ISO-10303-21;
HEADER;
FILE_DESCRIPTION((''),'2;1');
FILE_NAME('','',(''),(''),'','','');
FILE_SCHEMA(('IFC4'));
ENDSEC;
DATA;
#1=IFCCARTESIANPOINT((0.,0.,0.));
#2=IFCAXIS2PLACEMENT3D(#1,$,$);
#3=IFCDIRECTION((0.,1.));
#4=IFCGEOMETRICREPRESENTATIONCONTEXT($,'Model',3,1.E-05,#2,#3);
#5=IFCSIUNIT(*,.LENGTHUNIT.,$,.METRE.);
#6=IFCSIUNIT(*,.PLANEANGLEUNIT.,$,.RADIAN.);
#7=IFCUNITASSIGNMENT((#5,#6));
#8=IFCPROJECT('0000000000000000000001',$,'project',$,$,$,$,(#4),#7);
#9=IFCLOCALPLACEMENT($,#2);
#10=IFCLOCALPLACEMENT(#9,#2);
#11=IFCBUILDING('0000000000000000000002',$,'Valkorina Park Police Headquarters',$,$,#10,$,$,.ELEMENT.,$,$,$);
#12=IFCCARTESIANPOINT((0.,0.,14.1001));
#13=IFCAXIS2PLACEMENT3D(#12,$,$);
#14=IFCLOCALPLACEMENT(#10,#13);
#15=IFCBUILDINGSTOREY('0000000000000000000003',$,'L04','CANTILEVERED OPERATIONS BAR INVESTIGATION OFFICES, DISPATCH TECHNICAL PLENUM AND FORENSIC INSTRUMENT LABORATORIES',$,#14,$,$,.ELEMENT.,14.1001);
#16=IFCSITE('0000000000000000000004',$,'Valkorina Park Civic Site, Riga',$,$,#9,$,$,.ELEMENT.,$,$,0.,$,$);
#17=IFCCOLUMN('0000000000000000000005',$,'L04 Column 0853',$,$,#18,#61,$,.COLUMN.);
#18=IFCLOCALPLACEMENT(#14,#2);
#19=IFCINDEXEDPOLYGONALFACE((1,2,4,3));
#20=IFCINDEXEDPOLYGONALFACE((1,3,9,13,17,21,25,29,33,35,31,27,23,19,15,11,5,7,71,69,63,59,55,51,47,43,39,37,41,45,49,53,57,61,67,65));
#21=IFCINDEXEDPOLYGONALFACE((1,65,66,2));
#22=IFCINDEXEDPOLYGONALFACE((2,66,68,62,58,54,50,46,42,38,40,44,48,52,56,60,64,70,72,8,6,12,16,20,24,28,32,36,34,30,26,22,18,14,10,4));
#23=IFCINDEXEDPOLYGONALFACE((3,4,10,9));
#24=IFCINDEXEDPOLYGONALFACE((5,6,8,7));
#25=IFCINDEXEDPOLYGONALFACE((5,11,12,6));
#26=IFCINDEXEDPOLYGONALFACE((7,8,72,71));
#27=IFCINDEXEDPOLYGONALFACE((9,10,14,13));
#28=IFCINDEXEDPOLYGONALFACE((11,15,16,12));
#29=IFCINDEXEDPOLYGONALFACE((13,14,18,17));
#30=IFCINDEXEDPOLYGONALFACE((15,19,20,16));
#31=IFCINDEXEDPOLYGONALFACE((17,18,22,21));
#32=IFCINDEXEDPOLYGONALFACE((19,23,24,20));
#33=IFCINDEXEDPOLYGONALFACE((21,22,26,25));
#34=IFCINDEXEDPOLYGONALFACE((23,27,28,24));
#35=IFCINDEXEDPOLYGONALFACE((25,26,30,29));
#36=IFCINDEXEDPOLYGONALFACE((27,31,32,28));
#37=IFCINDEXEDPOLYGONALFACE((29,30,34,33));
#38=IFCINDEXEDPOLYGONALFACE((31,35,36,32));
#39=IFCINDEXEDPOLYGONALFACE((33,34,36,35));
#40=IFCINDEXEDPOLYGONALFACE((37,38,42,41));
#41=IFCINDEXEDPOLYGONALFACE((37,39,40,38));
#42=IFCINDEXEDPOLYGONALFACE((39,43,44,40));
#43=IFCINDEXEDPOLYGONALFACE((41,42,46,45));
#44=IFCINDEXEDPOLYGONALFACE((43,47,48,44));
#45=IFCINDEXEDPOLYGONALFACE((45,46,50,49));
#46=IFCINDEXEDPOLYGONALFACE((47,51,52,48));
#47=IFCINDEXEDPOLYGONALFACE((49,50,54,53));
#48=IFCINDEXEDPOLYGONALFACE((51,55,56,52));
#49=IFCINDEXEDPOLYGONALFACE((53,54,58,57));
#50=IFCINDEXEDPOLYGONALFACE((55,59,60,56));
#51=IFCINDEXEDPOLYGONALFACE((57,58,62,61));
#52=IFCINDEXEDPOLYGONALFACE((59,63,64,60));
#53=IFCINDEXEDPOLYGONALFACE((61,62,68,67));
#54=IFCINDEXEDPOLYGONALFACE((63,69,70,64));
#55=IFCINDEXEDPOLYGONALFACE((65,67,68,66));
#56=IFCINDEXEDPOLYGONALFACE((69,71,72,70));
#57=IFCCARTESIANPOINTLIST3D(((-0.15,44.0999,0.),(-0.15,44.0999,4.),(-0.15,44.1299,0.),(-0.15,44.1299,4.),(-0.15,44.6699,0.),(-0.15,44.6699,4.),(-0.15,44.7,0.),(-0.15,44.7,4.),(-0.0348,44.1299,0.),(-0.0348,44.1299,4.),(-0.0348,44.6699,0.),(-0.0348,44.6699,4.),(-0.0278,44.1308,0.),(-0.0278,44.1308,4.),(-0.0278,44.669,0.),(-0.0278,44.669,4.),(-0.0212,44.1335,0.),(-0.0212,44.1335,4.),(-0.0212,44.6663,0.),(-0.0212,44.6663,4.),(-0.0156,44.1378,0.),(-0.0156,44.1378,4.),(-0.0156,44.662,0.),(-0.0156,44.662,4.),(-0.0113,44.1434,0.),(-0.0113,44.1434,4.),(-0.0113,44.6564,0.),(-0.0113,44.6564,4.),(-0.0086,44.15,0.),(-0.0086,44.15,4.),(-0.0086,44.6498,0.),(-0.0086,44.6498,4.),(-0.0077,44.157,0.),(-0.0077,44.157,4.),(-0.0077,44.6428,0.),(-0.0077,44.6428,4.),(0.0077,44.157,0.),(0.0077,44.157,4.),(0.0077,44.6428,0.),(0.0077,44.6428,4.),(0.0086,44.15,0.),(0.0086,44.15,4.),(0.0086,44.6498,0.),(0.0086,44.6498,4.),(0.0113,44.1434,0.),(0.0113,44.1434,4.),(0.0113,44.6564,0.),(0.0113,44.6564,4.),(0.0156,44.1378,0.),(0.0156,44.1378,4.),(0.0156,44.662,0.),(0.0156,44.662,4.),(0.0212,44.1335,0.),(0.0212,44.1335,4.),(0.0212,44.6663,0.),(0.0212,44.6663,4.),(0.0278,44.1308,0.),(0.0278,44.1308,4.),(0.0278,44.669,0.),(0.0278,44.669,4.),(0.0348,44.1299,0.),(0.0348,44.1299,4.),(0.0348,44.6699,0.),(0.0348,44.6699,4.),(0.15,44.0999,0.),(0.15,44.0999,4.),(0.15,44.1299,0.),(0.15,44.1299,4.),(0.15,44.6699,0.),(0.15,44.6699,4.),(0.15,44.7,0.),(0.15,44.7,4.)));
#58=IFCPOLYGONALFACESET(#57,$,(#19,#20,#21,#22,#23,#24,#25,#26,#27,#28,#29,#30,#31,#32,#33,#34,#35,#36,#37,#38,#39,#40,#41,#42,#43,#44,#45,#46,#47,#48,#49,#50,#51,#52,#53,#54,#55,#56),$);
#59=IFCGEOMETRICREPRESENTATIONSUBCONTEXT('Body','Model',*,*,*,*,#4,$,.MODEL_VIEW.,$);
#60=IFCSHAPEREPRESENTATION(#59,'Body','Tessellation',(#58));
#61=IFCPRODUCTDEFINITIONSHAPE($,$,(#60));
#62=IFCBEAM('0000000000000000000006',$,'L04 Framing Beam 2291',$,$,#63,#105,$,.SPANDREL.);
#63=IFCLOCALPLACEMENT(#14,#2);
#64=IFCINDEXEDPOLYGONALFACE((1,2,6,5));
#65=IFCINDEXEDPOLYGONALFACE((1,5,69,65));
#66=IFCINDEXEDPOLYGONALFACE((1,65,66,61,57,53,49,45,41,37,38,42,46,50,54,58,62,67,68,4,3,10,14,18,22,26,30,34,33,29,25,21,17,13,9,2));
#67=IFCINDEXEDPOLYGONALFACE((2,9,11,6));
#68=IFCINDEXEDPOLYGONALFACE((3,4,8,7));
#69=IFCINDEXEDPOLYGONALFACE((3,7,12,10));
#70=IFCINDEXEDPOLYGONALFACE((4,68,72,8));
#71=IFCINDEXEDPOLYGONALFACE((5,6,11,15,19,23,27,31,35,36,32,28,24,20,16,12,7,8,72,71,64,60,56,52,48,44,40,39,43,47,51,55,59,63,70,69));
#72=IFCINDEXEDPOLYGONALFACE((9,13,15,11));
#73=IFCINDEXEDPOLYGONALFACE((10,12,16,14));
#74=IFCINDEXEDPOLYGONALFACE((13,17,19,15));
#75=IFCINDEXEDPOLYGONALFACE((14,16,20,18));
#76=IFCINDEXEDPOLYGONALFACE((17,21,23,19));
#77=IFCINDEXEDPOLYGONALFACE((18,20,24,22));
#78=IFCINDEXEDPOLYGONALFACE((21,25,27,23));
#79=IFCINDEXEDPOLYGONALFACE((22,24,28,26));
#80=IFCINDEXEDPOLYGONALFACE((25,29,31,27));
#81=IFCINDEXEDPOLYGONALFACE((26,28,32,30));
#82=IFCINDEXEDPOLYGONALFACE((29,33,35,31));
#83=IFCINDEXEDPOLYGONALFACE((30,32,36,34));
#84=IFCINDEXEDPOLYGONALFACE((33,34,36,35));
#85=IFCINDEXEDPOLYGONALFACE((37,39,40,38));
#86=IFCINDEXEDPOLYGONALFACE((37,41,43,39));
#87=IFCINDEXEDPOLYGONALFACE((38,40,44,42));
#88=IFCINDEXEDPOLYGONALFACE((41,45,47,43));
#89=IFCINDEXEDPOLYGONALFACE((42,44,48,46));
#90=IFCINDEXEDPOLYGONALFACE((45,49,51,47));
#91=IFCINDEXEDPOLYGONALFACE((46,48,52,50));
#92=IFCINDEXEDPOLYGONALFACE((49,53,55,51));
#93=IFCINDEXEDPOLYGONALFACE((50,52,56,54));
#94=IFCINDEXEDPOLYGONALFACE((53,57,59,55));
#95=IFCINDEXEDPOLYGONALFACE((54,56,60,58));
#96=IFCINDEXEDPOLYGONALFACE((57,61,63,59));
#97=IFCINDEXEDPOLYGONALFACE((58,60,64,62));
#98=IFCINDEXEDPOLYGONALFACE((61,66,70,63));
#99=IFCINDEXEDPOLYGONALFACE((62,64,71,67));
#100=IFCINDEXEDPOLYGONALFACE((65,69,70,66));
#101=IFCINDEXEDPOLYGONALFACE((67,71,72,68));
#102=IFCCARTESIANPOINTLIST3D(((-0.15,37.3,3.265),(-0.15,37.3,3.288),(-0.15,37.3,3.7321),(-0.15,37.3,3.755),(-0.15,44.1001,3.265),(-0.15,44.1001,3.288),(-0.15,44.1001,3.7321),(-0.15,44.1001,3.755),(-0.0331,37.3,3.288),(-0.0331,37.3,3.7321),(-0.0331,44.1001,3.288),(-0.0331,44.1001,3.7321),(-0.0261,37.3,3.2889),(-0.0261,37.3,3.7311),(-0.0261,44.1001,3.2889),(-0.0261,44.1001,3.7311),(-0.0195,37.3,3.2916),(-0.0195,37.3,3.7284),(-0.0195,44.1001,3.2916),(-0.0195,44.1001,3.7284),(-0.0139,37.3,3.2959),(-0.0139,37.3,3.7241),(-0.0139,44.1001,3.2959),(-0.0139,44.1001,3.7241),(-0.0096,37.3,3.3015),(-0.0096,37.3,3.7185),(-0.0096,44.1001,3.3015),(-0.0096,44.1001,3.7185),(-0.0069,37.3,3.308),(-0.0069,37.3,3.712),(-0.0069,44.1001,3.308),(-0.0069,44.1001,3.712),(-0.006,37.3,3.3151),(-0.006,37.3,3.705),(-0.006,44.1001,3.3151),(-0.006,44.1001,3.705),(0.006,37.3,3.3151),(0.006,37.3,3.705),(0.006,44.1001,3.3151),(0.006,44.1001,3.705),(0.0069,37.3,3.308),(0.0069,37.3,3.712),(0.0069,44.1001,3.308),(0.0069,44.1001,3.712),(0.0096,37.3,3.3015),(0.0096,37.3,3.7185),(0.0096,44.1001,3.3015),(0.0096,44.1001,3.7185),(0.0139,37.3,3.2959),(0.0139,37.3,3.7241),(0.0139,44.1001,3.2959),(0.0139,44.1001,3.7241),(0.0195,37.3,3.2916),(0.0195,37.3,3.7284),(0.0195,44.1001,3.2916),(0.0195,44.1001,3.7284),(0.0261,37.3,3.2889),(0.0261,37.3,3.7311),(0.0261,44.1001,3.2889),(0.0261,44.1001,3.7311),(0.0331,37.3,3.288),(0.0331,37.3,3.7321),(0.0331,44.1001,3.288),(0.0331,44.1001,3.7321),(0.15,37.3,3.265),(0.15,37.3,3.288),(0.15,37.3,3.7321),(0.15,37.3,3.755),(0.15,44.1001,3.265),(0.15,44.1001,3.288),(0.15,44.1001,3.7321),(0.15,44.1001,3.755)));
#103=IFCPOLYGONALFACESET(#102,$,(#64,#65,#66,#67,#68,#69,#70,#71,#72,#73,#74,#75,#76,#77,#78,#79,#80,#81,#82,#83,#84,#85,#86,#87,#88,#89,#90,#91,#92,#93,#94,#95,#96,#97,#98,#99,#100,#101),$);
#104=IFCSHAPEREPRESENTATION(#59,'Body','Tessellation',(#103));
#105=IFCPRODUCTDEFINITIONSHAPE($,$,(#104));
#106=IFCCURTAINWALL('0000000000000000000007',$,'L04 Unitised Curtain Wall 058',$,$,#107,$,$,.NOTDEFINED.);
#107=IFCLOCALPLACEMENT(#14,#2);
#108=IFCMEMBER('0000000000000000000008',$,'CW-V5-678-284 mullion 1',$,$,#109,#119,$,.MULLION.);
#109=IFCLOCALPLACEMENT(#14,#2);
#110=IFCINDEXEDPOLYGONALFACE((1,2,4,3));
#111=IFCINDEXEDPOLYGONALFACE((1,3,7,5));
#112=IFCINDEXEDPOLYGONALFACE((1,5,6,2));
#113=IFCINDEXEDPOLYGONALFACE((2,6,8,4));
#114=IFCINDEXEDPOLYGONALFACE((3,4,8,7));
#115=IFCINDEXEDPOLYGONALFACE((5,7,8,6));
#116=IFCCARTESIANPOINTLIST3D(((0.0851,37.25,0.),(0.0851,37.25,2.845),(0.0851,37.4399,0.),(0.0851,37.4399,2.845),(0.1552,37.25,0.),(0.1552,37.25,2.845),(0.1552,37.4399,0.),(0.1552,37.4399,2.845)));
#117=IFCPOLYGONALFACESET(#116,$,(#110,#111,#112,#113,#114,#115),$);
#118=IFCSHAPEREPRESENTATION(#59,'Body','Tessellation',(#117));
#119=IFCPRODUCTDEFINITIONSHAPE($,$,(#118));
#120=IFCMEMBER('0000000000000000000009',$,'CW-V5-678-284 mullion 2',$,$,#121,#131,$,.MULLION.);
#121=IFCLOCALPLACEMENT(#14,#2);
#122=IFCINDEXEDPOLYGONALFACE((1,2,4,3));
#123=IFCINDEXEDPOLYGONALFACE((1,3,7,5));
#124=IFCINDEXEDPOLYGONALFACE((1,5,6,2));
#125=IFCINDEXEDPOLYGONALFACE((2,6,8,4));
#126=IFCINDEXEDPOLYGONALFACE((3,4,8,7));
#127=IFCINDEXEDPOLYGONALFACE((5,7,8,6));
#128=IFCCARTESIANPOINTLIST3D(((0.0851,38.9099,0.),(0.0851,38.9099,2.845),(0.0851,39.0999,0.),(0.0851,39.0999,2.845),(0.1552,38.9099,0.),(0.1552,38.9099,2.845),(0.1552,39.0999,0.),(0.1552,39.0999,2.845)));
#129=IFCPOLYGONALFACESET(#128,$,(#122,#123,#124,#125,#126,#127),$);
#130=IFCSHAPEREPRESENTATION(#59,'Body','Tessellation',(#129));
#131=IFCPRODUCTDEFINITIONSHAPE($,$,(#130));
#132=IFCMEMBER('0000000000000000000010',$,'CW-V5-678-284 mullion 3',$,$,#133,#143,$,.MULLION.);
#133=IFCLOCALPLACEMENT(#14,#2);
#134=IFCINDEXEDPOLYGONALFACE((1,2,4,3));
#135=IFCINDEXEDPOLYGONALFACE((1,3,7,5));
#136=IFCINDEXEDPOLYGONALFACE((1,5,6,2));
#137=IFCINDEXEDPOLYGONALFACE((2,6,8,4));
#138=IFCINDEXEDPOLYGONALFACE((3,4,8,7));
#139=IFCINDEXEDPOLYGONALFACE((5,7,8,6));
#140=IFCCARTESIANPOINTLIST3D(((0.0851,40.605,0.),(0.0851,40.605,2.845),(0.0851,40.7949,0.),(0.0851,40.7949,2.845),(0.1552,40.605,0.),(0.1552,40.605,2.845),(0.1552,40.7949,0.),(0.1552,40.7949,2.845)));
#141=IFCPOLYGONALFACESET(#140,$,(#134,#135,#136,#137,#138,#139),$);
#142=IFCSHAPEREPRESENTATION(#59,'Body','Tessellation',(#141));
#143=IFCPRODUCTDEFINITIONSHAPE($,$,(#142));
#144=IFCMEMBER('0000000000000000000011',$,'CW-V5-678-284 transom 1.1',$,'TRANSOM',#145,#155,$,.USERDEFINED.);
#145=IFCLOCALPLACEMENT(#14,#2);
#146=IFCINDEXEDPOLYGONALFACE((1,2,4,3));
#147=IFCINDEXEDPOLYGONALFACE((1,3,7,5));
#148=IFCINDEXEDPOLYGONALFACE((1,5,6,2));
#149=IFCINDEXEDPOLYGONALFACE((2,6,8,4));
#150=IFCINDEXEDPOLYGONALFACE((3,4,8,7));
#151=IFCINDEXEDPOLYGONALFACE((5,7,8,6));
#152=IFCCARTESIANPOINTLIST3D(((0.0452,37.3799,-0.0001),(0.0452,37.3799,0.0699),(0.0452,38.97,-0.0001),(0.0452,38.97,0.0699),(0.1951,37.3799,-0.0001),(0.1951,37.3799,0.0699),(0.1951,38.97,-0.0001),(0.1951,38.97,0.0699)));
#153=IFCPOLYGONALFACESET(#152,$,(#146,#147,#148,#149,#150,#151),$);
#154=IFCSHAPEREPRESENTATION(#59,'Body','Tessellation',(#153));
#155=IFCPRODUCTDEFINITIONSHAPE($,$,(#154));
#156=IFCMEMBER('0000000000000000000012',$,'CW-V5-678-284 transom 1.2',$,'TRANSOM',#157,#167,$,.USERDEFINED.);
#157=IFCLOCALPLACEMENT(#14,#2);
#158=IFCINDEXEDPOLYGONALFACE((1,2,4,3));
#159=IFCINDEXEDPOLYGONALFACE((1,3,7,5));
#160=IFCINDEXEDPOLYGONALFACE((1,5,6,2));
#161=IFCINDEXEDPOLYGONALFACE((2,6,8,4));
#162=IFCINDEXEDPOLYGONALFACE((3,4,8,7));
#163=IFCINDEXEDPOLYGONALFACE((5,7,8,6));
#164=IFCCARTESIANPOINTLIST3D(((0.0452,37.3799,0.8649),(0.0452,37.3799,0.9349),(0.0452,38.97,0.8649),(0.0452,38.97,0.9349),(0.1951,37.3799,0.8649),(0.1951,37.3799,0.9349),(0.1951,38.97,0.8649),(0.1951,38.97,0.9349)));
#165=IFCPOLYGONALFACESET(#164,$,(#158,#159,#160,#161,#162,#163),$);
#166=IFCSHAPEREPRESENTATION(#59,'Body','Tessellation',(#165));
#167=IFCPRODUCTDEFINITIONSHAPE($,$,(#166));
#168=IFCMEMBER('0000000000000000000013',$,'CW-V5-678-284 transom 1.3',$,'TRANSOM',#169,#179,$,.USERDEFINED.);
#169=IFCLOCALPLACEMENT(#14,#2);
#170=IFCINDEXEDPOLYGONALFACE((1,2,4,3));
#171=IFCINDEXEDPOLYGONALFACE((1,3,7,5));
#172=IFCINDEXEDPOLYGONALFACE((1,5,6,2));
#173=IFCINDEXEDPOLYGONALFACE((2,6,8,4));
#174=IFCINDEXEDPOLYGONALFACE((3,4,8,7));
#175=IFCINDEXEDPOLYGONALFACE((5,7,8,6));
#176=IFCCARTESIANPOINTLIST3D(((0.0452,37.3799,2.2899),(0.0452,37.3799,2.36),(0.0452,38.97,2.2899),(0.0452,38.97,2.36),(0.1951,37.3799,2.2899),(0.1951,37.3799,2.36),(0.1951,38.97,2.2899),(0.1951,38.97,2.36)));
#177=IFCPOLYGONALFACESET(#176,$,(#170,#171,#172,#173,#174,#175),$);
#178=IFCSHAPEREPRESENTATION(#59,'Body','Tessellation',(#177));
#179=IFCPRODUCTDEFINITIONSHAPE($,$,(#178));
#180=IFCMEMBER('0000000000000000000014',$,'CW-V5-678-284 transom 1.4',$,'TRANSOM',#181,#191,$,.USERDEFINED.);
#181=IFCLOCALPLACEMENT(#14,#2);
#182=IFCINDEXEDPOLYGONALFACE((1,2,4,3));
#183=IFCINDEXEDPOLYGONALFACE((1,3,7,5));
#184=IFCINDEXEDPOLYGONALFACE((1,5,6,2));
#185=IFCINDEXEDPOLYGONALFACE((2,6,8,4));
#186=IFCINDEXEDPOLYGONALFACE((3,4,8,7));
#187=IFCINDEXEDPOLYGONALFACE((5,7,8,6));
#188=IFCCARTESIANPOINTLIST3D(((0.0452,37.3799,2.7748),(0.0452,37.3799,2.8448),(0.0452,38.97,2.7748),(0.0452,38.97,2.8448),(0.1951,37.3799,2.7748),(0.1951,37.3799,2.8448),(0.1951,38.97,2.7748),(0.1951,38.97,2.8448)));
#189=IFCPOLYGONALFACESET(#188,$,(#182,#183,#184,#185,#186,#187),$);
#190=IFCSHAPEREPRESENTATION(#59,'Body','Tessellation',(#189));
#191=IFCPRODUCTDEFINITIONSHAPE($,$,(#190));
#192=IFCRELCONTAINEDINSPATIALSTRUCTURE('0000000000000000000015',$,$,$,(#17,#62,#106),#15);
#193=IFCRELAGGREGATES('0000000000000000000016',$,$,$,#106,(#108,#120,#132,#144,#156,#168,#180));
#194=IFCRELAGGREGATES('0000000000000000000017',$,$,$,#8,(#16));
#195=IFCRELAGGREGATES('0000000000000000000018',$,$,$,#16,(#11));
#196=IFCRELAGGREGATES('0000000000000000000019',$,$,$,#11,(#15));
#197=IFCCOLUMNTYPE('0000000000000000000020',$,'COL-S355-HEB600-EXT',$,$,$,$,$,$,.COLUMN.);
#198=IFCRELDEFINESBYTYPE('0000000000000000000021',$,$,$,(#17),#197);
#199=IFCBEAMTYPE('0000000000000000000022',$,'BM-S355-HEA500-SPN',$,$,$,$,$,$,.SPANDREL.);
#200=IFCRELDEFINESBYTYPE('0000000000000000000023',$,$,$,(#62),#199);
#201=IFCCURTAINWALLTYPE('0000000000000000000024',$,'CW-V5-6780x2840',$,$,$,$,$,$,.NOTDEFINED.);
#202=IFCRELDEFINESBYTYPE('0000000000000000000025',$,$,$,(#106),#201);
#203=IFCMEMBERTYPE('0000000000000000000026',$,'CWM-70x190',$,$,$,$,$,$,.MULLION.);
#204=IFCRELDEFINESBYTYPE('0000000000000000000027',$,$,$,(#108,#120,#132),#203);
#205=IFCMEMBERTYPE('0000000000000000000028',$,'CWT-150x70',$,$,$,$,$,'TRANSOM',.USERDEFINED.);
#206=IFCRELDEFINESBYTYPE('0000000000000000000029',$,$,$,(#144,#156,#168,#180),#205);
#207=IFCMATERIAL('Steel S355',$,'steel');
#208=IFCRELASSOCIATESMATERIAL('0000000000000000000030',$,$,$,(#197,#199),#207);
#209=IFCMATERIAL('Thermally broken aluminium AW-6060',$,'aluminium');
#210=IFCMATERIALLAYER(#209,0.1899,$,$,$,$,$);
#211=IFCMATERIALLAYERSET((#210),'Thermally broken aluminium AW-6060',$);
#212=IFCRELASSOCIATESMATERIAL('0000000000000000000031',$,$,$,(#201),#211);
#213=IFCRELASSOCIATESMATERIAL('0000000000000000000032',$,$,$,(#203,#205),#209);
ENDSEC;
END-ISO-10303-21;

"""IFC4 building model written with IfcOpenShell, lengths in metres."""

from ifc_helpers import new_model, si_unit, direction, frame, origin, origin_2d, place, context, subcontext, project, spatial, rectangle, i_section, extrude, material, layer, layer_set, material_profile, profile_set, type_object, element, aggregate, save


model = new_model("IFC4")

# Units and contexts
model_context = context("Model", 3, precision=1e-05, world=origin(), true_north=direction((0.0, 1.0)))
body_context = subcontext(model_context, "Body", "Model", "MODEL_VIEW")
ifc_project = project(units=[si_unit("LENGTHUNIT", "METRE"), si_unit("PLANEANGLEUNIT", "RADIAN")], contexts=[model_context])

# Site, building, storey
site_placement = place(None, origin())
site = spatial("IfcSite", under=ifc_project, at=site_placement, Name="Valkorina Park Civic Site, Riga", CompositionType="ELEMENT", RefElevation=0.0)
building_placement = place(site_placement, origin())
building = spatial("IfcBuilding", under=site, at=building_placement, Name="Valkorina Park Police Headquarters", CompositionType="ELEMENT")
storey_placement = place(building_placement, frame((0.0, 0.0, 14.1001)))
storey = spatial("IfcBuildingStorey", under=building, at=storey_placement, Name="L04", Description="CANTILEVERED OPERATIONS BAR INVESTIGATION OFFICES, DISPATCH TECHNICAL PLENUM AND FORENSIC INSTRUMENT LABORATORIES", CompositionType="ELEMENT", Elevation=14.1001)

# Column
ifc_material_1 = material(Name="Steel S355", Category="steel")
ifc_material_profile_1 = material_profile(ifc_material_1, i_section(OverallWidth=0.3, OverallDepth=0.6001, WebThickness=0.0154, FlangeThickness=0.03, FilletRadius=0.0271, at=origin_2d()), Name="HEB 600")
ifc_profile_set_1 = profile_set([ifc_material_profile_1], Name="Steel S355")
column_type = type_object("IfcColumnType", Name="COL-S355-HEB600-EXT", PredefinedType="COLUMN", material=ifc_profile_set_1)
column_placement = place(storey_placement, frame((0.0, 44.3999, 0.0), z_axis=(0.0, 0.0, 1.0), x_axis=(1.0, 0.0, 0.0)))
element("IfcColumn", 1, at=column_placement, inside=storey, type_object=column_type, Name="L04 Column 0853", PredefinedType="COLUMN", context=body_context, shape_type="SweptSolid", body=[
    extrude(i_section(OverallWidth=0.3, OverallDepth=0.6001, WebThickness=0.0154, FlangeThickness=0.03, FilletRadius=0.0271, at=origin_2d()), origin(), (0.0, 0.0, 1.0), 4.0),
])

# Beam
ifc_material_profile_2 = material_profile(ifc_material_1, i_section(OverallWidth=0.3, OverallDepth=0.49, WebThickness=0.012, FlangeThickness=0.0229, FilletRadius=0.0271, at=origin_2d()), Name="HEA 500")
ifc_profile_set_2 = profile_set([ifc_material_profile_2], Name="Steel S355")
beam_type = type_object("IfcBeamType", Name="BM-S355-HEA500-SPN", PredefinedType="SPANDREL", material=ifc_profile_set_2)
beam_placement = place(storey_placement, frame((0.0, 37.3, 3.51), z_axis=(0.0, 1.0, 0.0), x_axis=(-1.0, 0.0, 0.0)))
element("IfcBeam", 2, at=beam_placement, inside=storey, type_object=beam_type, Name="L04 Framing Beam 2291", PredefinedType="SPANDREL", context=body_context, shape_type="SweptSolid", body=[
    extrude(i_section(OverallWidth=0.3, OverallDepth=0.49, WebThickness=0.012, FlangeThickness=0.0229, FilletRadius=0.0271, at=origin_2d()), origin(), (0.0, 0.0, 1.0), 6.8),
])

# Curtain wall, members
ifc_material_2 = material(Name="Thermally broken aluminium AW-6060", Category="aluminium")
ifc_layer_1 = layer(ifc_material_2, 0.1899)
ifc_layer_set_1 = layer_set([ifc_layer_1], Name="Thermally broken aluminium AW-6060")
curtain_wall_type = type_object("IfcCurtainWallType", Name="CW-V5-6780x2840", PredefinedType="NOTDEFINED", material=ifc_layer_set_1)
curtain_wall_placement = place(storey_placement, origin())
curtain_wall = element("IfcCurtainWall", 3, at=curtain_wall_placement, inside=storey, type_object=curtain_wall_type, Name="L04 Unitised Curtain Wall 058", PredefinedType="NOTDEFINED")
ifc_material_profile_3 = material_profile(ifc_material_2, rectangle(XDim=0.0701, YDim=0.1899, at=origin_2d()), Name="CWM-02 70x190")
ifc_profile_set_3 = profile_set([ifc_material_profile_3], Name="Thermally broken aluminium AW-6060")
member_type_1 = type_object("IfcMemberType", Name="CWM-70x190", PredefinedType="MULLION", material=ifc_profile_set_3)
member_1_placement = place(storey_placement, frame((0.1201, 37.345, 0.0), z_axis=(0.0, 0.0, 1.0), x_axis=(-1.0, 0.0, 0.0)))
member_1 = element("IfcMember", 4, at=member_1_placement, type_object=member_type_1, Name="CW-V5-678-284 mullion 1", PredefinedType="MULLION", context=body_context, shape_type="SweptSolid", body=[
    extrude(rectangle(XDim=0.0701, YDim=0.1899, at=origin_2d()), origin(), (0.0, 0.0, 1.0), 2.845),
])
member_2_placement = place(storey_placement, frame((0.1201, 39.0049, 0.0), z_axis=(0.0, 0.0, 1.0), x_axis=(-1.0, 0.0, 0.0)))
member_2 = element("IfcMember", 5, at=member_2_placement, type_object=member_type_1, Name="CW-V5-678-284 mullion 2", PredefinedType="MULLION", context=body_context, shape_type="SweptSolid", body=[
    extrude(rectangle(XDim=0.0701, YDim=0.1899, at=origin_2d()), origin(), (0.0, 0.0, 1.0), 2.845),
])
member_3_placement = place(storey_placement, frame((0.1201, 40.7, 0.0), z_axis=(0.0, 0.0, 1.0), x_axis=(-1.0, 0.0, 0.0)))
member_3 = element("IfcMember", 6, at=member_3_placement, type_object=member_type_1, Name="CW-V5-678-284 mullion 3", PredefinedType="MULLION", context=body_context, shape_type="SweptSolid", body=[
    extrude(rectangle(XDim=0.0701, YDim=0.1899, at=origin_2d()), origin(), (0.0, 0.0, 1.0), 2.845),
])
ifc_material_profile_4 = material_profile(ifc_material_2, rectangle(XDim=0.1499, YDim=0.0701, at=origin_2d()), Name="CWT-02 150x70")
ifc_profile_set_4 = profile_set([ifc_material_profile_4], Name="Thermally broken aluminium AW-6060")
member_type_2 = type_object("IfcMemberType", Name="CWT-150x70", ElementType="TRANSOM", PredefinedType="USERDEFINED", material=ifc_profile_set_4)
member_4_placement = place(storey_placement, frame((0.1201, 37.3799, 0.0349), z_axis=(0.0, 1.0, 0.0), x_axis=(-1.0, 0.0, 0.0)))
member_4 = element("IfcMember", 7, at=member_4_placement, type_object=member_type_2, Name="CW-V5-678-284 transom 1.1", ObjectType="TRANSOM", PredefinedType="USERDEFINED", context=body_context, shape_type="SweptSolid", body=[
    extrude(rectangle(XDim=0.1499, YDim=0.0701, at=origin_2d()), origin(), (0.0, 0.0, 1.0), 1.5901),
])
member_5_placement = place(storey_placement, frame((0.1201, 37.3799, 0.8999), z_axis=(0.0, 1.0, 0.0), x_axis=(-1.0, 0.0, 0.0)))
member_5 = element("IfcMember", 8, at=member_5_placement, type_object=member_type_2, Name="CW-V5-678-284 transom 1.2", ObjectType="TRANSOM", PredefinedType="USERDEFINED", context=body_context, shape_type="SweptSolid", body=[
    extrude(rectangle(XDim=0.1499, YDim=0.0701, at=origin_2d()), origin(), (0.0, 0.0, 1.0), 1.5901),
])
member_6_placement = place(storey_placement, frame((0.1201, 37.3799, 2.325), z_axis=(0.0, 1.0, 0.0), x_axis=(-1.0, 0.0, 0.0)))
member_6 = element("IfcMember", 9, at=member_6_placement, type_object=member_type_2, Name="CW-V5-678-284 transom 1.3", ObjectType="TRANSOM", PredefinedType="USERDEFINED", context=body_context, shape_type="SweptSolid", body=[
    extrude(rectangle(XDim=0.1499, YDim=0.0701, at=origin_2d()), origin(), (0.0, 0.0, 1.0), 1.5901),
])
member_7_placement = place(storey_placement, frame((0.1201, 37.3799, 2.8098), z_axis=(0.0, 1.0, 0.0), x_axis=(-1.0, 0.0, 0.0)))
member_7 = element("IfcMember", 10, at=member_7_placement, type_object=member_type_2, Name="CW-V5-678-284 transom 1.4", ObjectType="TRANSOM", PredefinedType="USERDEFINED", context=body_context, shape_type="SweptSolid", body=[
    extrude(rectangle(XDim=0.1499, YDim=0.0701, at=origin_2d()), origin(), (0.0, 0.0, 1.0), 1.5901),
])
aggregate(curtain_wall, [member_1, member_2, member_3, member_4, member_5, member_6, member_7])

save(model, "model.ifc")
